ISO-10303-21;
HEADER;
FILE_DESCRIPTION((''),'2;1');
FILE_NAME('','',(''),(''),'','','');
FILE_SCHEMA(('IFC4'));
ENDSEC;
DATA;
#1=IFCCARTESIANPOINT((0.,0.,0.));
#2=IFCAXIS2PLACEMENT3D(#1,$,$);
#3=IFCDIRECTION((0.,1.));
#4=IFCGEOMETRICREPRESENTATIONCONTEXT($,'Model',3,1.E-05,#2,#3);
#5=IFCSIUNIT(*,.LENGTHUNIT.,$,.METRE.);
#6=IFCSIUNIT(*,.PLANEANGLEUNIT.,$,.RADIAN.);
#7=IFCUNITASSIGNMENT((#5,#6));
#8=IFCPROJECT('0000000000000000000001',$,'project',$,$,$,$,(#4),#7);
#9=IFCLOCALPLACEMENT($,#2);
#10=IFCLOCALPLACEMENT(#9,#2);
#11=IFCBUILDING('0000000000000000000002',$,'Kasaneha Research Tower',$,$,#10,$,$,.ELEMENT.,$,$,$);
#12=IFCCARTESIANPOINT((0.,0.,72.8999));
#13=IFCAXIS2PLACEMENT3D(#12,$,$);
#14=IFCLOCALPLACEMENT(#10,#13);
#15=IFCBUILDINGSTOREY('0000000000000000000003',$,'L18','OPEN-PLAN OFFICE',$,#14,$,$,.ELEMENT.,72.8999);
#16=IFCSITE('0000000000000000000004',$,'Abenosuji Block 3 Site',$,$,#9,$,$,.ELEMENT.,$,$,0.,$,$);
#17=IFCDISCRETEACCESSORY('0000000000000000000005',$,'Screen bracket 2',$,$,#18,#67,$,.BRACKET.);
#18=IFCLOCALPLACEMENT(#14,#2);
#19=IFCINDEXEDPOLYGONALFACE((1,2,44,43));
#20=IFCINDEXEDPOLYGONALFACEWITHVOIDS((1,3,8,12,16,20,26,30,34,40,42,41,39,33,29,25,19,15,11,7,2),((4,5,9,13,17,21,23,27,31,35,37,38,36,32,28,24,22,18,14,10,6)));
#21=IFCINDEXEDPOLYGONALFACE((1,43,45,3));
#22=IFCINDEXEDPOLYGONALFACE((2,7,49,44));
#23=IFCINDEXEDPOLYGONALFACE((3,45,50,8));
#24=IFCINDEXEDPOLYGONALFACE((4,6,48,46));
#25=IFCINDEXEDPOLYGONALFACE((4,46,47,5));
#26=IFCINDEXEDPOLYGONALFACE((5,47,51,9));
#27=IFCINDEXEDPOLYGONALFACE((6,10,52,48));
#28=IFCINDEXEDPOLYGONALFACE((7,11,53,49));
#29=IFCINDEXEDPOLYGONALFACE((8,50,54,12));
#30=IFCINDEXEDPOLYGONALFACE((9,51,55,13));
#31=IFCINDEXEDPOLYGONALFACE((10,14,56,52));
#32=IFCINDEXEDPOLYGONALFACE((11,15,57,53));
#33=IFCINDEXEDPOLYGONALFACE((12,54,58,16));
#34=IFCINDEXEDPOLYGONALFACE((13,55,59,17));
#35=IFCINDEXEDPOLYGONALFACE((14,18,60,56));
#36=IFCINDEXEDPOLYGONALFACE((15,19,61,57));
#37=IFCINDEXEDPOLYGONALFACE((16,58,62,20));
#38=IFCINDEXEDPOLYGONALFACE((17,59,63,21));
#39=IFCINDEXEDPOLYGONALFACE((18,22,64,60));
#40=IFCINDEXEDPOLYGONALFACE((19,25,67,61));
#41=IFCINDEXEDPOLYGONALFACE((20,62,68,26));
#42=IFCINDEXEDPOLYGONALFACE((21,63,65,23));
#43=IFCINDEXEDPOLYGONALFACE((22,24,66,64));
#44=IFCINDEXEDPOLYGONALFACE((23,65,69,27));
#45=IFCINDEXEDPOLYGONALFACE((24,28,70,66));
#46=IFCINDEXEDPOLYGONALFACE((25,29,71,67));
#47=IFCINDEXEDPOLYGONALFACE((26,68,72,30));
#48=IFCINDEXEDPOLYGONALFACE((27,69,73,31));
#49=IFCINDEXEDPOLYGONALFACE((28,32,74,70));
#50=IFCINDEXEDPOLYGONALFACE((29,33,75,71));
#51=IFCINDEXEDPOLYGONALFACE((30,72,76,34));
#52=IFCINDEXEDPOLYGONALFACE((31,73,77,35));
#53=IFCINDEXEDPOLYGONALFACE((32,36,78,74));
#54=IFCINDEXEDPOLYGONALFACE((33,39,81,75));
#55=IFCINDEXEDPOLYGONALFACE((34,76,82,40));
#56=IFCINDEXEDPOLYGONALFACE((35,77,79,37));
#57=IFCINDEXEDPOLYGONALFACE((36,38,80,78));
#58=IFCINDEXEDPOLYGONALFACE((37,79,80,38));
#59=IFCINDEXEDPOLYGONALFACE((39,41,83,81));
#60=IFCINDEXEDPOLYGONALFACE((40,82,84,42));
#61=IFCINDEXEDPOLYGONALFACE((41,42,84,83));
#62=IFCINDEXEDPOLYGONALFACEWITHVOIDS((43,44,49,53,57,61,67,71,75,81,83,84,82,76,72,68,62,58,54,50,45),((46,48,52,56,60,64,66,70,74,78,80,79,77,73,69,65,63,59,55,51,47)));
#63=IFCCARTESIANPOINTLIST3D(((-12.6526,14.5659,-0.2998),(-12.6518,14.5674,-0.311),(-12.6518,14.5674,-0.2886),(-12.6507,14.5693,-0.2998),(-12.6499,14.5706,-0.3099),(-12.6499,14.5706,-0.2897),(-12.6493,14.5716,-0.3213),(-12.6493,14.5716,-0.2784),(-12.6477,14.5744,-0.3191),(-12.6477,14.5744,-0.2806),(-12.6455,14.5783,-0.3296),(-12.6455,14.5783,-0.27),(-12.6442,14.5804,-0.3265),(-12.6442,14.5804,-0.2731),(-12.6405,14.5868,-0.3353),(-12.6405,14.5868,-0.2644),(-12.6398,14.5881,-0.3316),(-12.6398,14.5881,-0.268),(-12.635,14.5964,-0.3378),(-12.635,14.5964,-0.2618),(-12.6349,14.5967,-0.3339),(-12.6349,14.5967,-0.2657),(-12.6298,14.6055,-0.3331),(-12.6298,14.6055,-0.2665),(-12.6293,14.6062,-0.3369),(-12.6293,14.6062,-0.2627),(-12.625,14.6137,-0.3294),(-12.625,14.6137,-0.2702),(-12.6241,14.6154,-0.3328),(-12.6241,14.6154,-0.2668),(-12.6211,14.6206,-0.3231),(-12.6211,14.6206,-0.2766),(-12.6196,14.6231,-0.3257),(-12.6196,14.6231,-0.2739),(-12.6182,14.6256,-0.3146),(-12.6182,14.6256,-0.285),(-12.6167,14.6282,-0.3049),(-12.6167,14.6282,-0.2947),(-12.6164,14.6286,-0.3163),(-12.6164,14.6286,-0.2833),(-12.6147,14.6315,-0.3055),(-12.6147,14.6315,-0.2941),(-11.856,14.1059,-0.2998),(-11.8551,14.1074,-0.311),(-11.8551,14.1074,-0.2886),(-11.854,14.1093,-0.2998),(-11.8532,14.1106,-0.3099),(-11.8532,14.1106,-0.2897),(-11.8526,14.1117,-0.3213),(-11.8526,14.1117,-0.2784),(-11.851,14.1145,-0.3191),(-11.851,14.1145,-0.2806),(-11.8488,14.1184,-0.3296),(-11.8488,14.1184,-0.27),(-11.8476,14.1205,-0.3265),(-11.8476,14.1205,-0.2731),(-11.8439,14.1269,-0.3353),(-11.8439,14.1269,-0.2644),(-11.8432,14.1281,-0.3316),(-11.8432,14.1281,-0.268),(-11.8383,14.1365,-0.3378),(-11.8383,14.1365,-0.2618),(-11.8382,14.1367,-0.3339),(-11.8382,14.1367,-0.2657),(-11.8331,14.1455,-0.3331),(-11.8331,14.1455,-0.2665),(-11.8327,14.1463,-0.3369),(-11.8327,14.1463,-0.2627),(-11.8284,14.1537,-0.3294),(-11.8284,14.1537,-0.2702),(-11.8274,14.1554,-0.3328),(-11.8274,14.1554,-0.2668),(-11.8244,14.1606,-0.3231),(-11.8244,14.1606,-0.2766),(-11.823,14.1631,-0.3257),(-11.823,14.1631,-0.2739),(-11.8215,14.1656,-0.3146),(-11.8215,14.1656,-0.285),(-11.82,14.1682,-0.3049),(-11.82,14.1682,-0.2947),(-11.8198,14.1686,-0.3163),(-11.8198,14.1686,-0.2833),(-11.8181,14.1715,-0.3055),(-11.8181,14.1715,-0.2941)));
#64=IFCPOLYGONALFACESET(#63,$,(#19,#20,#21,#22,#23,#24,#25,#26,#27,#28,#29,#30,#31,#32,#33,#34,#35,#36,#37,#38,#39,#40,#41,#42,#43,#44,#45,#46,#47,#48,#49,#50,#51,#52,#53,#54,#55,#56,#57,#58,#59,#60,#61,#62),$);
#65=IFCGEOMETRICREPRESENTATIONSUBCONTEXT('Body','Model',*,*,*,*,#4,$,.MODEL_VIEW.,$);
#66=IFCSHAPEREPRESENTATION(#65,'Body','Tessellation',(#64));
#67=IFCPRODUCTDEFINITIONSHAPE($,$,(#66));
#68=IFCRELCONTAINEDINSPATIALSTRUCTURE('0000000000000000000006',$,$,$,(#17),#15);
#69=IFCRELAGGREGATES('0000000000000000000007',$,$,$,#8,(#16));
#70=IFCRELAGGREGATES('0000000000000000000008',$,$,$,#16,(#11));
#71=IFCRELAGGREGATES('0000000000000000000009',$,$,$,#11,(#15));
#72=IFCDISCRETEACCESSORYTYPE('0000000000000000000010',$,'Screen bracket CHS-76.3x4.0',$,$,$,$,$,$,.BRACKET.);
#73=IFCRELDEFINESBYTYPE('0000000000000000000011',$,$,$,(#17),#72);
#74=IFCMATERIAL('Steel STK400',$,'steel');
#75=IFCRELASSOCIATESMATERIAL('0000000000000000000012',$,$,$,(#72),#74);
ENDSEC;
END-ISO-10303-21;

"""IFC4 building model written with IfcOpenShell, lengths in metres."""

from ifc_helpers import new_model, si_unit, direction, frame, origin, origin_2d, place, context, subcontext, project, spatial, hollow_circle, extrude, material, material_profile, profile_set, type_object, element, save


model = new_model("IFC4")

# Units and contexts
model_context = context("Model", 3, precision=1e-05, world=origin(), true_north=direction((0.0, 1.0)))
body_context = subcontext(model_context, "Body", "Model", "MODEL_VIEW")
ifc_project = project(units=[si_unit("LENGTHUNIT", "METRE"), si_unit("PLANEANGLEUNIT", "RADIAN")], contexts=[model_context])

# Site, building, storey
site_placement = place(None, origin())
site = spatial("IfcSite", under=ifc_project, at=site_placement, Name="Abenosuji Block 3 Site", CompositionType="ELEMENT", RefElevation=0.0)
building_placement = place(site_placement, origin())
building = spatial("IfcBuilding", under=site, at=building_placement, Name="Kasaneha Research Tower", CompositionType="ELEMENT")
storey_placement = place(building_placement, frame((0.0, 0.0, 72.8999)))
storey = spatial("IfcBuildingStorey", under=building, at=storey_placement, Name="L18", Description="OPEN-PLAN OFFICE", CompositionType="ELEMENT", Elevation=72.8999)

# Discrete accessory
ifc_material_1 = material(Name="Steel STK400", Category="steel")
ifc_material_profile_1 = material_profile(ifc_material_1, hollow_circle(Radius=0.0381, WallThickness=0.0039, at=origin_2d()), Name="CHS-76.3x4.0")
ifc_profile_set_1 = profile_set([ifc_material_profile_1], Name="Steel STK400")
discrete_accessory_type = type_object("IfcDiscreteAccessoryType", Name="Screen bracket CHS-76.3x4.0", PredefinedType="BRACKET", material=ifc_profile_set_1)
discrete_accessory_1_placement = place(storey_placement, frame((-11.8369, 14.1389, -0.2998), z_axis=(-0.866013, 0.500021, 0.0), x_axis=(-0.500021, -0.866013, 0.0)))
element("IfcDiscreteAccessory", 1, at=discrete_accessory_1_placement, inside=storey, type_object=discrete_accessory_type, Name="Screen bracket 2", PredefinedType="BRACKET", context=body_context, shape_type="SweptSolid", body=[
    extrude(hollow_circle(Radius=0.0381, WallThickness=0.0039, at=origin_2d()), origin(), (0.0, 0.0, 1.0), 0.9199),
])

save(model, "model.ifc")
